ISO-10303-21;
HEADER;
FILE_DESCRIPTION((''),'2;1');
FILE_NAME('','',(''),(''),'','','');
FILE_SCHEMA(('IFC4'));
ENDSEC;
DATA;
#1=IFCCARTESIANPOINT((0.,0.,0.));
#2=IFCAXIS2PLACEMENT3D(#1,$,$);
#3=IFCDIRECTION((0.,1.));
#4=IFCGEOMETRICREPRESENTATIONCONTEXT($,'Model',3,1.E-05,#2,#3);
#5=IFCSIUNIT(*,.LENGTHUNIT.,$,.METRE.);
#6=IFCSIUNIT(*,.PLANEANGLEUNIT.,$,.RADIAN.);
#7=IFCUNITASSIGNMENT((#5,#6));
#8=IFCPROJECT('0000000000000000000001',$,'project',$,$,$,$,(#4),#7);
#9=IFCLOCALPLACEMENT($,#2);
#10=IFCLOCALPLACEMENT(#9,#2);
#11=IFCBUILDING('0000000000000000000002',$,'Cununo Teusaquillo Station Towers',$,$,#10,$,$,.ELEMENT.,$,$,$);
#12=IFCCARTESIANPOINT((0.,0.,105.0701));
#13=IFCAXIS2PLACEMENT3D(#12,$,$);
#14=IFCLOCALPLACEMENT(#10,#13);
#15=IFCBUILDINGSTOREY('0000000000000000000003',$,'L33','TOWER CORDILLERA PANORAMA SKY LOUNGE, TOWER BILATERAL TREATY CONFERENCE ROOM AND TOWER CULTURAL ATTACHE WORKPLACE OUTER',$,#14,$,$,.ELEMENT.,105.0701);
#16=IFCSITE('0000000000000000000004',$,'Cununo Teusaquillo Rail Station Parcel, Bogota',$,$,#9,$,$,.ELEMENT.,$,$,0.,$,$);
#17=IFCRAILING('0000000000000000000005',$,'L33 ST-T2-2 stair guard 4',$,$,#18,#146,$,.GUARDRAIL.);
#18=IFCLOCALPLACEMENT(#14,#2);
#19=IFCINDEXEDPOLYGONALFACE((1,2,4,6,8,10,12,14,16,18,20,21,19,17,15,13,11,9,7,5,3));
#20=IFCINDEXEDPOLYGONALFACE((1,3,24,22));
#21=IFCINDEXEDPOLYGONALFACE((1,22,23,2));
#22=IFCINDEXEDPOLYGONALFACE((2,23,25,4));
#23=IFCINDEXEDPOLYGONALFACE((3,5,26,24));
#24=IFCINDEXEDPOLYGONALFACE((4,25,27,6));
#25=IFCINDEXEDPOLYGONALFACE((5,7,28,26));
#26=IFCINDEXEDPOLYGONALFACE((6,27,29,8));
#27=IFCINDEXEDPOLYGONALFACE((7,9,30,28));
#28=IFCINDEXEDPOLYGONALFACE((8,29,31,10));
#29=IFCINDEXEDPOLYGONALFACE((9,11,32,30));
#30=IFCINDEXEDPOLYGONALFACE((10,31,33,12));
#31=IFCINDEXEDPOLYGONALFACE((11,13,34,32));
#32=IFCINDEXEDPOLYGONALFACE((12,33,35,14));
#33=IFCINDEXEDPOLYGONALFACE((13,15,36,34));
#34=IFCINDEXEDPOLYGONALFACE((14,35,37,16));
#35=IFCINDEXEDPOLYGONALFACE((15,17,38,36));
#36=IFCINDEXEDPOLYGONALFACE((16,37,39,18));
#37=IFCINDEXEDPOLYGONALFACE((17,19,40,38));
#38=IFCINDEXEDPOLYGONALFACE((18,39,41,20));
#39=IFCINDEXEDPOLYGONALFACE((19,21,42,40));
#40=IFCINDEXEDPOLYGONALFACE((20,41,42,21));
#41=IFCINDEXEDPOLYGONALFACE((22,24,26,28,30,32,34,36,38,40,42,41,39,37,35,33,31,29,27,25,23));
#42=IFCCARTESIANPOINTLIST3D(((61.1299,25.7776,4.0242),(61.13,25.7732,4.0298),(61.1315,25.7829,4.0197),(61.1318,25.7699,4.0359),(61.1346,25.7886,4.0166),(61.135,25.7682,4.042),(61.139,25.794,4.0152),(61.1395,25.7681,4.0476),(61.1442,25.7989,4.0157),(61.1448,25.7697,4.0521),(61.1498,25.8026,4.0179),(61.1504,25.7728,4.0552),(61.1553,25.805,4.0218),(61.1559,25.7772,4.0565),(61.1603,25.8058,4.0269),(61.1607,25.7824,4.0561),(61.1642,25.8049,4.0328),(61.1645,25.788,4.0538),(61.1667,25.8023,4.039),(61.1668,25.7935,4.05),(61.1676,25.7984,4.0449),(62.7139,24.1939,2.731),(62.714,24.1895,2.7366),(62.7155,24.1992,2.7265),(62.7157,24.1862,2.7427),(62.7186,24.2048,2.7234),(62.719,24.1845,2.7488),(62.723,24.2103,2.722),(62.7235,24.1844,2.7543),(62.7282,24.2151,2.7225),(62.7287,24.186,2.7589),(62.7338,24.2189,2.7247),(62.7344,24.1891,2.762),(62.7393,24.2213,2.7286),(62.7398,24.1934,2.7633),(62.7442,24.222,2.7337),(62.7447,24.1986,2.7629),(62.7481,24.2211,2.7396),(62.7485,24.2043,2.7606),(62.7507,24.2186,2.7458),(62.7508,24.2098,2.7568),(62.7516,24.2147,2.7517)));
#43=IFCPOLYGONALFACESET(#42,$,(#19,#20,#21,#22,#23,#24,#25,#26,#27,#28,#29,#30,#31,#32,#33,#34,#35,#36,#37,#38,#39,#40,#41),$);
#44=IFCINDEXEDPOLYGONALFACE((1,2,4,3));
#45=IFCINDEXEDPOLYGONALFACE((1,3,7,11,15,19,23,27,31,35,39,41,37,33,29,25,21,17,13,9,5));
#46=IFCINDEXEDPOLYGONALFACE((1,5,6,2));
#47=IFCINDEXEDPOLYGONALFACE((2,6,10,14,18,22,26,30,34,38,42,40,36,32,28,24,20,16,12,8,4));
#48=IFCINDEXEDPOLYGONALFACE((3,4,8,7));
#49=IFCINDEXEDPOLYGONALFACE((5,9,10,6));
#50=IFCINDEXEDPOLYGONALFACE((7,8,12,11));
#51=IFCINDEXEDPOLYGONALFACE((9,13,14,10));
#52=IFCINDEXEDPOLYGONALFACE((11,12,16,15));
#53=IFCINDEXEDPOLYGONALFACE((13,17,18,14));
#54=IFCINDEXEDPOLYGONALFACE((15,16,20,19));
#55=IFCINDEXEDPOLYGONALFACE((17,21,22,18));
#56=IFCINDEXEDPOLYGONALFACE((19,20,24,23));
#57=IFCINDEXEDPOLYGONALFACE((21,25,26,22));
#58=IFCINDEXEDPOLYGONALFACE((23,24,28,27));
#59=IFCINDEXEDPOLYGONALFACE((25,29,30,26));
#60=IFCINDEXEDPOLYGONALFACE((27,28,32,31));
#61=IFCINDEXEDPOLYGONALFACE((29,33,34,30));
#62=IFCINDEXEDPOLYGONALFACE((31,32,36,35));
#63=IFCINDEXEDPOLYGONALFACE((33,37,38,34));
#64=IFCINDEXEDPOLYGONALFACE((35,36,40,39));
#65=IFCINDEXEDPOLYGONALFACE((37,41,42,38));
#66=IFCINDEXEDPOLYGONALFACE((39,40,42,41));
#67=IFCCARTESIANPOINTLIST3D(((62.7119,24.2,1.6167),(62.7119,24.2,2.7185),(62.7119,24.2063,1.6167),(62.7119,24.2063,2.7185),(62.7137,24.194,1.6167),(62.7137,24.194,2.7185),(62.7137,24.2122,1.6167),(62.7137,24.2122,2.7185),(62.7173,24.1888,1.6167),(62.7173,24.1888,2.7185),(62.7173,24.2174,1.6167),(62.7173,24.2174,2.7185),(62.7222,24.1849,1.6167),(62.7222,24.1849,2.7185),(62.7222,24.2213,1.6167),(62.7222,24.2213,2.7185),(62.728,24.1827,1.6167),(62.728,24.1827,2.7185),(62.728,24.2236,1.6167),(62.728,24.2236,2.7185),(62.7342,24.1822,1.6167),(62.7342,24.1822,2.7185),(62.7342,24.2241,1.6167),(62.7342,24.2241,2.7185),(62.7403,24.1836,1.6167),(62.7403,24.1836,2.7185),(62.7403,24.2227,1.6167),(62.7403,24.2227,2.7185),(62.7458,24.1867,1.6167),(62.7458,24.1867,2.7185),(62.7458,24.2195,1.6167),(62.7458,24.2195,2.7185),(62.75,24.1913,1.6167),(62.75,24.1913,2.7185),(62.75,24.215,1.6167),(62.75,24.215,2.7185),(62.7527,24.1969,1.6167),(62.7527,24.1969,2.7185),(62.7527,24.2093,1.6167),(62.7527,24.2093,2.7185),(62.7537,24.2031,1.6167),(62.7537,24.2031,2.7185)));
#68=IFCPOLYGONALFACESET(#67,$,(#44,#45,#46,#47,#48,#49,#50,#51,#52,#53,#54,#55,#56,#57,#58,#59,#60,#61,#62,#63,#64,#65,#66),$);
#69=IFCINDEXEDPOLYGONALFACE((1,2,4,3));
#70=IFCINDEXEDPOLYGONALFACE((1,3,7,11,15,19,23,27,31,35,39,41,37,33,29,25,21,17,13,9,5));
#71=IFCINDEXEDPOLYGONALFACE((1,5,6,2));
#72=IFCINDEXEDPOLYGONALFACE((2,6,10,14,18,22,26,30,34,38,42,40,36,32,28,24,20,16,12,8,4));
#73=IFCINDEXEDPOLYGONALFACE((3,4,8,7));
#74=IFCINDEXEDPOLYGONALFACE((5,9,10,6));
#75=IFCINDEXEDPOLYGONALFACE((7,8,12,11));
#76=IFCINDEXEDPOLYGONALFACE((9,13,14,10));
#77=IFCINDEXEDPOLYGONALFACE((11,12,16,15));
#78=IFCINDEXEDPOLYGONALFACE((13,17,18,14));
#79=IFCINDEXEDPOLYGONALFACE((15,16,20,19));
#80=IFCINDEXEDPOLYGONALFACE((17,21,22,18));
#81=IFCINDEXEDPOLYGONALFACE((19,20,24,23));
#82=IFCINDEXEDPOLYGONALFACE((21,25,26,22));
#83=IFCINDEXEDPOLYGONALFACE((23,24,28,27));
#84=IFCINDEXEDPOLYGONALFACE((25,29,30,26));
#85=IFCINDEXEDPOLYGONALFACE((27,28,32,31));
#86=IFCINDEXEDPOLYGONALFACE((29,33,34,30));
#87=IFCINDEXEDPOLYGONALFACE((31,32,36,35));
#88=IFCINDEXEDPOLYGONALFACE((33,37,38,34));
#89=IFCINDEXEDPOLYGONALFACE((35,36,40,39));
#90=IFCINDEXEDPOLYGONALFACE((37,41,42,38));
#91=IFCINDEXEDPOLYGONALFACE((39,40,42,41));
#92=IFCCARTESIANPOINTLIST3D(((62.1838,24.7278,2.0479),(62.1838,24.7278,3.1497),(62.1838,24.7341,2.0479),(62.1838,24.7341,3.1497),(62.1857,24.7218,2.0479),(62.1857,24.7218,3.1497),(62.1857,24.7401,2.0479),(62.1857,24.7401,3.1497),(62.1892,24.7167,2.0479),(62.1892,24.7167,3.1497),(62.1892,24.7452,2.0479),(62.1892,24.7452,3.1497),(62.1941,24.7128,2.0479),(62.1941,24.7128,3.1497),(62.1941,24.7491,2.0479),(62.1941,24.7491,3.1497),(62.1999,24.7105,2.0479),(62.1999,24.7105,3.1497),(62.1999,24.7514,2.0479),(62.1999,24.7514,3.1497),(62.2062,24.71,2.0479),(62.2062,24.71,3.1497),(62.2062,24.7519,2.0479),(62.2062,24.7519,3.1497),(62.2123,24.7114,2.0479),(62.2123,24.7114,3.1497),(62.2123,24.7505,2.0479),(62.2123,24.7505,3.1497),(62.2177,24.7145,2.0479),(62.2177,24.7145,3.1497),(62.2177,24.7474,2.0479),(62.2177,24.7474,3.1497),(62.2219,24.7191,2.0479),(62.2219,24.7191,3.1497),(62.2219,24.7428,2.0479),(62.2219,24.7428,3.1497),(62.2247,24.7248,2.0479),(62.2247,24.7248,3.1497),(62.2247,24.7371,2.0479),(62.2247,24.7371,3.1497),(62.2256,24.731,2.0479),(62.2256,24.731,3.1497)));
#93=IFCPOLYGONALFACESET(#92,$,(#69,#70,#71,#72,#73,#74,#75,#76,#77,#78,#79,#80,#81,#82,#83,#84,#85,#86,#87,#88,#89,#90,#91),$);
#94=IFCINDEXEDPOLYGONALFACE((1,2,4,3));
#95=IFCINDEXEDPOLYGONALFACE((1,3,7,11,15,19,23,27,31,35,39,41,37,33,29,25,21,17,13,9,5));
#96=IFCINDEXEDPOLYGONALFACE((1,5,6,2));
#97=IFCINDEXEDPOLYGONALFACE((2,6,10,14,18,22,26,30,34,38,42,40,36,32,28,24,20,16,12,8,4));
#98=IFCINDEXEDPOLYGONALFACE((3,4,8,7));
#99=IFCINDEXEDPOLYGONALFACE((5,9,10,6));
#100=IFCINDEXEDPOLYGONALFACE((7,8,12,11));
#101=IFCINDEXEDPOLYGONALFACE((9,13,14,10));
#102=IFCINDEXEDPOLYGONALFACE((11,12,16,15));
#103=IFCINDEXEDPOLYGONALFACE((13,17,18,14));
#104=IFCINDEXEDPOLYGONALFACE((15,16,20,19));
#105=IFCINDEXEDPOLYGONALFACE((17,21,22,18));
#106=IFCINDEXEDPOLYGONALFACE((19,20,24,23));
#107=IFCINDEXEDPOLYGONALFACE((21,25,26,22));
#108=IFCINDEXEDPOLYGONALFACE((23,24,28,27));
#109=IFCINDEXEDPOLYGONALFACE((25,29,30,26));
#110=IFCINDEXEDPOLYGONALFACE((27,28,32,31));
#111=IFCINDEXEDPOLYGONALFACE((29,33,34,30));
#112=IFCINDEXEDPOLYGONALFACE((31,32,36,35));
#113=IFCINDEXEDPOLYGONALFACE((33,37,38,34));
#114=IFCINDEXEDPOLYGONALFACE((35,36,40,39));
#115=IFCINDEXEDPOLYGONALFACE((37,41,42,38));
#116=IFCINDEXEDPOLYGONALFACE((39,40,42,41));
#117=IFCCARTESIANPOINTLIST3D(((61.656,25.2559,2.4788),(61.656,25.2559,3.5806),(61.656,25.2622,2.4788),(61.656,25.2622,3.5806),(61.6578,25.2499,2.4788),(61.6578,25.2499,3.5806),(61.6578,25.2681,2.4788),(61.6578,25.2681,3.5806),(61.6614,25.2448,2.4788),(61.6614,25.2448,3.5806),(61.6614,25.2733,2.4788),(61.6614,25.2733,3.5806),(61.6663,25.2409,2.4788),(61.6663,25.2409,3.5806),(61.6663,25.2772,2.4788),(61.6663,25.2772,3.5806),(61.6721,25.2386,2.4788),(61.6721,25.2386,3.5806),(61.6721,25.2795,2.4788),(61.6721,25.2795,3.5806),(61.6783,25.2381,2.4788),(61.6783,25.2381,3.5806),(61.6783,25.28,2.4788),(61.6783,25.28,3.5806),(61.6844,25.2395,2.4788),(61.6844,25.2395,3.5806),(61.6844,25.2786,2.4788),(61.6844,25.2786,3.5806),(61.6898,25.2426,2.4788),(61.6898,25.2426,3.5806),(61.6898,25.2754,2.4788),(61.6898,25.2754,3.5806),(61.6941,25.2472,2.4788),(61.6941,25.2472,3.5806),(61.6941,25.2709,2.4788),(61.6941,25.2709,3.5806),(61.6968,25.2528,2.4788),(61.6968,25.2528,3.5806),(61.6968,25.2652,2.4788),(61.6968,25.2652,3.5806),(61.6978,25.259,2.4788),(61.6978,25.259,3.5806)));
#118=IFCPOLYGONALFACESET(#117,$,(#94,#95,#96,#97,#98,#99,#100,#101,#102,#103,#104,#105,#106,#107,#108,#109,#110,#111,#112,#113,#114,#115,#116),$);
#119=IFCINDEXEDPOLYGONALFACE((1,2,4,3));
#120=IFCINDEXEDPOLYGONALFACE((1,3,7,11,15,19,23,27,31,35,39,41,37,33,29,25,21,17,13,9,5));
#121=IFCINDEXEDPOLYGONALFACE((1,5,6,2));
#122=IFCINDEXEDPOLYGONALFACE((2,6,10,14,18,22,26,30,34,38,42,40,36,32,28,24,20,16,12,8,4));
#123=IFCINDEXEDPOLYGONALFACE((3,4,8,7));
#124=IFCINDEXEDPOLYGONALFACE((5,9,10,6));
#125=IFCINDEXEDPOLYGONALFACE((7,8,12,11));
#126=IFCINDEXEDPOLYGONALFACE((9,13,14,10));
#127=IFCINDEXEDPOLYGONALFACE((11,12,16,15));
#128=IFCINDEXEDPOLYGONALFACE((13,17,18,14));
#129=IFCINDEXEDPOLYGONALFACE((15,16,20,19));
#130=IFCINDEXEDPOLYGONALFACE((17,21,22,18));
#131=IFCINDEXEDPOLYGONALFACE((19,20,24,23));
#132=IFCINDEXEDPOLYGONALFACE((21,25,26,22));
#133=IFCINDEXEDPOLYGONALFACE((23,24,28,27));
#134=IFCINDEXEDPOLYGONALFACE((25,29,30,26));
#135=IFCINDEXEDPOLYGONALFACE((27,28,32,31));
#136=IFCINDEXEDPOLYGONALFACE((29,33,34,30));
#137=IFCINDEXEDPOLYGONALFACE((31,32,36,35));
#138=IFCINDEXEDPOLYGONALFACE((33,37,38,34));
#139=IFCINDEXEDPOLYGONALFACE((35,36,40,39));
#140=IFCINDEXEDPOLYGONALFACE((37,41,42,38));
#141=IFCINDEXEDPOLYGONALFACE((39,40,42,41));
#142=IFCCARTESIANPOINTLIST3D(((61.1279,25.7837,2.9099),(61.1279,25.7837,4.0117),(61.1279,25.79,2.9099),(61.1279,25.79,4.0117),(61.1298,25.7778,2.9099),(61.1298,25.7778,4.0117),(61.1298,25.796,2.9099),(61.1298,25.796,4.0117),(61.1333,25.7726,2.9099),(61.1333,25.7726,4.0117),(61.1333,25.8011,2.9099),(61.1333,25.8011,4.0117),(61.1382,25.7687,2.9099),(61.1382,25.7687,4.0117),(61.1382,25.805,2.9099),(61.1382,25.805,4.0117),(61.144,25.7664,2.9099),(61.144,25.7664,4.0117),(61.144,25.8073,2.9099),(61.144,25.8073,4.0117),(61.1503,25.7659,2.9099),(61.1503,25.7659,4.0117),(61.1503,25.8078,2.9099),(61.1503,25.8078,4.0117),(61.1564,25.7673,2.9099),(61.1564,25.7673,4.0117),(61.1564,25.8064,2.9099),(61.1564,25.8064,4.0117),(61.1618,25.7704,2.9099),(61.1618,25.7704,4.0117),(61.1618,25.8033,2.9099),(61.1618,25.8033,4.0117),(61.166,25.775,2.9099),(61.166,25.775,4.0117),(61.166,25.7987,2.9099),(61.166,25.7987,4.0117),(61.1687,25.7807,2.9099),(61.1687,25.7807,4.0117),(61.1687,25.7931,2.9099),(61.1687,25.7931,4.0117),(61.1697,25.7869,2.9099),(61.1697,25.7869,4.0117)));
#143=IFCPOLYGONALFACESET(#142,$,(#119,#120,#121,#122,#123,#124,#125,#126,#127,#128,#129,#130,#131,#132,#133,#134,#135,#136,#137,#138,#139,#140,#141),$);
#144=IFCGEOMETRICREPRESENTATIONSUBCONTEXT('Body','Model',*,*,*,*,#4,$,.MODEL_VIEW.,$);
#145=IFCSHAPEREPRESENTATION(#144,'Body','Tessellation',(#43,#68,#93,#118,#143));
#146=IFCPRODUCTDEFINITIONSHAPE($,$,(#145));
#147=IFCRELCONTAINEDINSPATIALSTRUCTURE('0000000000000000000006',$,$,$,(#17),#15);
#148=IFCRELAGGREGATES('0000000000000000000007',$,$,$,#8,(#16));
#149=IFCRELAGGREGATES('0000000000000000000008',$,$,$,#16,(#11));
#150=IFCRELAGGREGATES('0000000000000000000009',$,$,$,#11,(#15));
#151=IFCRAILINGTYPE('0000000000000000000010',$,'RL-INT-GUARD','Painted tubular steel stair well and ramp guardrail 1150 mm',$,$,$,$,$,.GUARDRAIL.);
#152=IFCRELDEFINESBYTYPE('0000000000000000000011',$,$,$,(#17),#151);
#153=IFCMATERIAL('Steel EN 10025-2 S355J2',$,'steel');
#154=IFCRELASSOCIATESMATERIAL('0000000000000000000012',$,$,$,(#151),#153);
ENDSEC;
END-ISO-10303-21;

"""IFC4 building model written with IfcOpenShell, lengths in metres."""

from ifc_helpers import new_model, si_unit, direction, frame, origin, origin_2d, place, context, subcontext, project, spatial, circle, extrude, material, type_object, element, save


model = new_model("IFC4")

# Units and contexts
model_context = context("Model", 3, precision=1e-05, world=origin(), true_north=direction((0.0, 1.0)))
body_context = subcontext(model_context, "Body", "Model", "MODEL_VIEW")
ifc_project = project(units=[si_unit("LENGTHUNIT", "METRE"), si_unit("PLANEANGLEUNIT", "RADIAN")], contexts=[model_context])

# Site, building, storey
site_placement = place(None, origin())
site = spatial("IfcSite", under=ifc_project, at=site_placement, Name="Cununo Teusaquillo Rail Station Parcel, Bogota", CompositionType="ELEMENT", RefElevation=0.0)
building_placement = place(site_placement, origin())
building = spatial("IfcBuilding", under=site, at=building_placement, Name="Cununo Teusaquillo Station Towers", CompositionType="ELEMENT")
storey_placement = place(building_placement, frame((0.0, 0.0, 105.0701)))
storey = spatial("IfcBuildingStorey", under=building, at=storey_placement, Name="L33", Description="TOWER CORDILLERA PANORAMA SKY LOUNGE, TOWER BILATERAL TREATY CONFERENCE ROOM AND TOWER CULTURAL ATTACHE WORKPLACE OUTER", CompositionType="ELEMENT", Elevation=105.0701)

# Railing
ifc_material_1 = material(Name="Steel EN 10025-2 S355J2", Category="steel")
railing_type_1 = type_object("IfcRailingType", Name="RL-INT-GUARD", Description="Painted tubular steel stair well and ramp guardrail 1150 mm", PredefinedType="GUARDRAIL", material=ifc_material_1)
railing_1_placement = place(storey_placement, frame((62.7327, 24.2031, 1.6167)))
element("IfcRailing", 1, at=railing_1_placement, inside=storey, type_object=railing_type_1, Name="L33 ST-T2-2 stair guard 4", PredefinedType="GUARDRAIL", context=body_context, shape_type="SweptSolid", body=[
    extrude(circle(Radius=0.0239, at=origin_2d()), frame((0.0, 0.0, 1.126), z_axis=(-0.61242, 0.612326, 0.499998), x_axis=(-0.707052, -0.707161, 0.0)), (0.0, 0.0, 1.0), 2.5864),
    extrude(circle(Radius=0.021, at=origin_2d()), origin(), (0.0, 0.0, 1.0), 1.1018),
    extrude(circle(Radius=0.021, at=origin_2d()), frame((-0.5281, 0.5278, 0.4312)), (0.0, 0.0, 1.0), 1.1018),
    extrude(circle(Radius=0.021, at=origin_2d()), frame((-1.0559, 1.0559, 0.8621)), (0.0, 0.0, 1.0), 1.1018),
    extrude(circle(Radius=0.021, at=origin_2d()), frame((-1.584, 1.5837, 1.2932)), (0.0, 0.0, 1.0), 1.1018),
])

save(model, "model.ifc")
